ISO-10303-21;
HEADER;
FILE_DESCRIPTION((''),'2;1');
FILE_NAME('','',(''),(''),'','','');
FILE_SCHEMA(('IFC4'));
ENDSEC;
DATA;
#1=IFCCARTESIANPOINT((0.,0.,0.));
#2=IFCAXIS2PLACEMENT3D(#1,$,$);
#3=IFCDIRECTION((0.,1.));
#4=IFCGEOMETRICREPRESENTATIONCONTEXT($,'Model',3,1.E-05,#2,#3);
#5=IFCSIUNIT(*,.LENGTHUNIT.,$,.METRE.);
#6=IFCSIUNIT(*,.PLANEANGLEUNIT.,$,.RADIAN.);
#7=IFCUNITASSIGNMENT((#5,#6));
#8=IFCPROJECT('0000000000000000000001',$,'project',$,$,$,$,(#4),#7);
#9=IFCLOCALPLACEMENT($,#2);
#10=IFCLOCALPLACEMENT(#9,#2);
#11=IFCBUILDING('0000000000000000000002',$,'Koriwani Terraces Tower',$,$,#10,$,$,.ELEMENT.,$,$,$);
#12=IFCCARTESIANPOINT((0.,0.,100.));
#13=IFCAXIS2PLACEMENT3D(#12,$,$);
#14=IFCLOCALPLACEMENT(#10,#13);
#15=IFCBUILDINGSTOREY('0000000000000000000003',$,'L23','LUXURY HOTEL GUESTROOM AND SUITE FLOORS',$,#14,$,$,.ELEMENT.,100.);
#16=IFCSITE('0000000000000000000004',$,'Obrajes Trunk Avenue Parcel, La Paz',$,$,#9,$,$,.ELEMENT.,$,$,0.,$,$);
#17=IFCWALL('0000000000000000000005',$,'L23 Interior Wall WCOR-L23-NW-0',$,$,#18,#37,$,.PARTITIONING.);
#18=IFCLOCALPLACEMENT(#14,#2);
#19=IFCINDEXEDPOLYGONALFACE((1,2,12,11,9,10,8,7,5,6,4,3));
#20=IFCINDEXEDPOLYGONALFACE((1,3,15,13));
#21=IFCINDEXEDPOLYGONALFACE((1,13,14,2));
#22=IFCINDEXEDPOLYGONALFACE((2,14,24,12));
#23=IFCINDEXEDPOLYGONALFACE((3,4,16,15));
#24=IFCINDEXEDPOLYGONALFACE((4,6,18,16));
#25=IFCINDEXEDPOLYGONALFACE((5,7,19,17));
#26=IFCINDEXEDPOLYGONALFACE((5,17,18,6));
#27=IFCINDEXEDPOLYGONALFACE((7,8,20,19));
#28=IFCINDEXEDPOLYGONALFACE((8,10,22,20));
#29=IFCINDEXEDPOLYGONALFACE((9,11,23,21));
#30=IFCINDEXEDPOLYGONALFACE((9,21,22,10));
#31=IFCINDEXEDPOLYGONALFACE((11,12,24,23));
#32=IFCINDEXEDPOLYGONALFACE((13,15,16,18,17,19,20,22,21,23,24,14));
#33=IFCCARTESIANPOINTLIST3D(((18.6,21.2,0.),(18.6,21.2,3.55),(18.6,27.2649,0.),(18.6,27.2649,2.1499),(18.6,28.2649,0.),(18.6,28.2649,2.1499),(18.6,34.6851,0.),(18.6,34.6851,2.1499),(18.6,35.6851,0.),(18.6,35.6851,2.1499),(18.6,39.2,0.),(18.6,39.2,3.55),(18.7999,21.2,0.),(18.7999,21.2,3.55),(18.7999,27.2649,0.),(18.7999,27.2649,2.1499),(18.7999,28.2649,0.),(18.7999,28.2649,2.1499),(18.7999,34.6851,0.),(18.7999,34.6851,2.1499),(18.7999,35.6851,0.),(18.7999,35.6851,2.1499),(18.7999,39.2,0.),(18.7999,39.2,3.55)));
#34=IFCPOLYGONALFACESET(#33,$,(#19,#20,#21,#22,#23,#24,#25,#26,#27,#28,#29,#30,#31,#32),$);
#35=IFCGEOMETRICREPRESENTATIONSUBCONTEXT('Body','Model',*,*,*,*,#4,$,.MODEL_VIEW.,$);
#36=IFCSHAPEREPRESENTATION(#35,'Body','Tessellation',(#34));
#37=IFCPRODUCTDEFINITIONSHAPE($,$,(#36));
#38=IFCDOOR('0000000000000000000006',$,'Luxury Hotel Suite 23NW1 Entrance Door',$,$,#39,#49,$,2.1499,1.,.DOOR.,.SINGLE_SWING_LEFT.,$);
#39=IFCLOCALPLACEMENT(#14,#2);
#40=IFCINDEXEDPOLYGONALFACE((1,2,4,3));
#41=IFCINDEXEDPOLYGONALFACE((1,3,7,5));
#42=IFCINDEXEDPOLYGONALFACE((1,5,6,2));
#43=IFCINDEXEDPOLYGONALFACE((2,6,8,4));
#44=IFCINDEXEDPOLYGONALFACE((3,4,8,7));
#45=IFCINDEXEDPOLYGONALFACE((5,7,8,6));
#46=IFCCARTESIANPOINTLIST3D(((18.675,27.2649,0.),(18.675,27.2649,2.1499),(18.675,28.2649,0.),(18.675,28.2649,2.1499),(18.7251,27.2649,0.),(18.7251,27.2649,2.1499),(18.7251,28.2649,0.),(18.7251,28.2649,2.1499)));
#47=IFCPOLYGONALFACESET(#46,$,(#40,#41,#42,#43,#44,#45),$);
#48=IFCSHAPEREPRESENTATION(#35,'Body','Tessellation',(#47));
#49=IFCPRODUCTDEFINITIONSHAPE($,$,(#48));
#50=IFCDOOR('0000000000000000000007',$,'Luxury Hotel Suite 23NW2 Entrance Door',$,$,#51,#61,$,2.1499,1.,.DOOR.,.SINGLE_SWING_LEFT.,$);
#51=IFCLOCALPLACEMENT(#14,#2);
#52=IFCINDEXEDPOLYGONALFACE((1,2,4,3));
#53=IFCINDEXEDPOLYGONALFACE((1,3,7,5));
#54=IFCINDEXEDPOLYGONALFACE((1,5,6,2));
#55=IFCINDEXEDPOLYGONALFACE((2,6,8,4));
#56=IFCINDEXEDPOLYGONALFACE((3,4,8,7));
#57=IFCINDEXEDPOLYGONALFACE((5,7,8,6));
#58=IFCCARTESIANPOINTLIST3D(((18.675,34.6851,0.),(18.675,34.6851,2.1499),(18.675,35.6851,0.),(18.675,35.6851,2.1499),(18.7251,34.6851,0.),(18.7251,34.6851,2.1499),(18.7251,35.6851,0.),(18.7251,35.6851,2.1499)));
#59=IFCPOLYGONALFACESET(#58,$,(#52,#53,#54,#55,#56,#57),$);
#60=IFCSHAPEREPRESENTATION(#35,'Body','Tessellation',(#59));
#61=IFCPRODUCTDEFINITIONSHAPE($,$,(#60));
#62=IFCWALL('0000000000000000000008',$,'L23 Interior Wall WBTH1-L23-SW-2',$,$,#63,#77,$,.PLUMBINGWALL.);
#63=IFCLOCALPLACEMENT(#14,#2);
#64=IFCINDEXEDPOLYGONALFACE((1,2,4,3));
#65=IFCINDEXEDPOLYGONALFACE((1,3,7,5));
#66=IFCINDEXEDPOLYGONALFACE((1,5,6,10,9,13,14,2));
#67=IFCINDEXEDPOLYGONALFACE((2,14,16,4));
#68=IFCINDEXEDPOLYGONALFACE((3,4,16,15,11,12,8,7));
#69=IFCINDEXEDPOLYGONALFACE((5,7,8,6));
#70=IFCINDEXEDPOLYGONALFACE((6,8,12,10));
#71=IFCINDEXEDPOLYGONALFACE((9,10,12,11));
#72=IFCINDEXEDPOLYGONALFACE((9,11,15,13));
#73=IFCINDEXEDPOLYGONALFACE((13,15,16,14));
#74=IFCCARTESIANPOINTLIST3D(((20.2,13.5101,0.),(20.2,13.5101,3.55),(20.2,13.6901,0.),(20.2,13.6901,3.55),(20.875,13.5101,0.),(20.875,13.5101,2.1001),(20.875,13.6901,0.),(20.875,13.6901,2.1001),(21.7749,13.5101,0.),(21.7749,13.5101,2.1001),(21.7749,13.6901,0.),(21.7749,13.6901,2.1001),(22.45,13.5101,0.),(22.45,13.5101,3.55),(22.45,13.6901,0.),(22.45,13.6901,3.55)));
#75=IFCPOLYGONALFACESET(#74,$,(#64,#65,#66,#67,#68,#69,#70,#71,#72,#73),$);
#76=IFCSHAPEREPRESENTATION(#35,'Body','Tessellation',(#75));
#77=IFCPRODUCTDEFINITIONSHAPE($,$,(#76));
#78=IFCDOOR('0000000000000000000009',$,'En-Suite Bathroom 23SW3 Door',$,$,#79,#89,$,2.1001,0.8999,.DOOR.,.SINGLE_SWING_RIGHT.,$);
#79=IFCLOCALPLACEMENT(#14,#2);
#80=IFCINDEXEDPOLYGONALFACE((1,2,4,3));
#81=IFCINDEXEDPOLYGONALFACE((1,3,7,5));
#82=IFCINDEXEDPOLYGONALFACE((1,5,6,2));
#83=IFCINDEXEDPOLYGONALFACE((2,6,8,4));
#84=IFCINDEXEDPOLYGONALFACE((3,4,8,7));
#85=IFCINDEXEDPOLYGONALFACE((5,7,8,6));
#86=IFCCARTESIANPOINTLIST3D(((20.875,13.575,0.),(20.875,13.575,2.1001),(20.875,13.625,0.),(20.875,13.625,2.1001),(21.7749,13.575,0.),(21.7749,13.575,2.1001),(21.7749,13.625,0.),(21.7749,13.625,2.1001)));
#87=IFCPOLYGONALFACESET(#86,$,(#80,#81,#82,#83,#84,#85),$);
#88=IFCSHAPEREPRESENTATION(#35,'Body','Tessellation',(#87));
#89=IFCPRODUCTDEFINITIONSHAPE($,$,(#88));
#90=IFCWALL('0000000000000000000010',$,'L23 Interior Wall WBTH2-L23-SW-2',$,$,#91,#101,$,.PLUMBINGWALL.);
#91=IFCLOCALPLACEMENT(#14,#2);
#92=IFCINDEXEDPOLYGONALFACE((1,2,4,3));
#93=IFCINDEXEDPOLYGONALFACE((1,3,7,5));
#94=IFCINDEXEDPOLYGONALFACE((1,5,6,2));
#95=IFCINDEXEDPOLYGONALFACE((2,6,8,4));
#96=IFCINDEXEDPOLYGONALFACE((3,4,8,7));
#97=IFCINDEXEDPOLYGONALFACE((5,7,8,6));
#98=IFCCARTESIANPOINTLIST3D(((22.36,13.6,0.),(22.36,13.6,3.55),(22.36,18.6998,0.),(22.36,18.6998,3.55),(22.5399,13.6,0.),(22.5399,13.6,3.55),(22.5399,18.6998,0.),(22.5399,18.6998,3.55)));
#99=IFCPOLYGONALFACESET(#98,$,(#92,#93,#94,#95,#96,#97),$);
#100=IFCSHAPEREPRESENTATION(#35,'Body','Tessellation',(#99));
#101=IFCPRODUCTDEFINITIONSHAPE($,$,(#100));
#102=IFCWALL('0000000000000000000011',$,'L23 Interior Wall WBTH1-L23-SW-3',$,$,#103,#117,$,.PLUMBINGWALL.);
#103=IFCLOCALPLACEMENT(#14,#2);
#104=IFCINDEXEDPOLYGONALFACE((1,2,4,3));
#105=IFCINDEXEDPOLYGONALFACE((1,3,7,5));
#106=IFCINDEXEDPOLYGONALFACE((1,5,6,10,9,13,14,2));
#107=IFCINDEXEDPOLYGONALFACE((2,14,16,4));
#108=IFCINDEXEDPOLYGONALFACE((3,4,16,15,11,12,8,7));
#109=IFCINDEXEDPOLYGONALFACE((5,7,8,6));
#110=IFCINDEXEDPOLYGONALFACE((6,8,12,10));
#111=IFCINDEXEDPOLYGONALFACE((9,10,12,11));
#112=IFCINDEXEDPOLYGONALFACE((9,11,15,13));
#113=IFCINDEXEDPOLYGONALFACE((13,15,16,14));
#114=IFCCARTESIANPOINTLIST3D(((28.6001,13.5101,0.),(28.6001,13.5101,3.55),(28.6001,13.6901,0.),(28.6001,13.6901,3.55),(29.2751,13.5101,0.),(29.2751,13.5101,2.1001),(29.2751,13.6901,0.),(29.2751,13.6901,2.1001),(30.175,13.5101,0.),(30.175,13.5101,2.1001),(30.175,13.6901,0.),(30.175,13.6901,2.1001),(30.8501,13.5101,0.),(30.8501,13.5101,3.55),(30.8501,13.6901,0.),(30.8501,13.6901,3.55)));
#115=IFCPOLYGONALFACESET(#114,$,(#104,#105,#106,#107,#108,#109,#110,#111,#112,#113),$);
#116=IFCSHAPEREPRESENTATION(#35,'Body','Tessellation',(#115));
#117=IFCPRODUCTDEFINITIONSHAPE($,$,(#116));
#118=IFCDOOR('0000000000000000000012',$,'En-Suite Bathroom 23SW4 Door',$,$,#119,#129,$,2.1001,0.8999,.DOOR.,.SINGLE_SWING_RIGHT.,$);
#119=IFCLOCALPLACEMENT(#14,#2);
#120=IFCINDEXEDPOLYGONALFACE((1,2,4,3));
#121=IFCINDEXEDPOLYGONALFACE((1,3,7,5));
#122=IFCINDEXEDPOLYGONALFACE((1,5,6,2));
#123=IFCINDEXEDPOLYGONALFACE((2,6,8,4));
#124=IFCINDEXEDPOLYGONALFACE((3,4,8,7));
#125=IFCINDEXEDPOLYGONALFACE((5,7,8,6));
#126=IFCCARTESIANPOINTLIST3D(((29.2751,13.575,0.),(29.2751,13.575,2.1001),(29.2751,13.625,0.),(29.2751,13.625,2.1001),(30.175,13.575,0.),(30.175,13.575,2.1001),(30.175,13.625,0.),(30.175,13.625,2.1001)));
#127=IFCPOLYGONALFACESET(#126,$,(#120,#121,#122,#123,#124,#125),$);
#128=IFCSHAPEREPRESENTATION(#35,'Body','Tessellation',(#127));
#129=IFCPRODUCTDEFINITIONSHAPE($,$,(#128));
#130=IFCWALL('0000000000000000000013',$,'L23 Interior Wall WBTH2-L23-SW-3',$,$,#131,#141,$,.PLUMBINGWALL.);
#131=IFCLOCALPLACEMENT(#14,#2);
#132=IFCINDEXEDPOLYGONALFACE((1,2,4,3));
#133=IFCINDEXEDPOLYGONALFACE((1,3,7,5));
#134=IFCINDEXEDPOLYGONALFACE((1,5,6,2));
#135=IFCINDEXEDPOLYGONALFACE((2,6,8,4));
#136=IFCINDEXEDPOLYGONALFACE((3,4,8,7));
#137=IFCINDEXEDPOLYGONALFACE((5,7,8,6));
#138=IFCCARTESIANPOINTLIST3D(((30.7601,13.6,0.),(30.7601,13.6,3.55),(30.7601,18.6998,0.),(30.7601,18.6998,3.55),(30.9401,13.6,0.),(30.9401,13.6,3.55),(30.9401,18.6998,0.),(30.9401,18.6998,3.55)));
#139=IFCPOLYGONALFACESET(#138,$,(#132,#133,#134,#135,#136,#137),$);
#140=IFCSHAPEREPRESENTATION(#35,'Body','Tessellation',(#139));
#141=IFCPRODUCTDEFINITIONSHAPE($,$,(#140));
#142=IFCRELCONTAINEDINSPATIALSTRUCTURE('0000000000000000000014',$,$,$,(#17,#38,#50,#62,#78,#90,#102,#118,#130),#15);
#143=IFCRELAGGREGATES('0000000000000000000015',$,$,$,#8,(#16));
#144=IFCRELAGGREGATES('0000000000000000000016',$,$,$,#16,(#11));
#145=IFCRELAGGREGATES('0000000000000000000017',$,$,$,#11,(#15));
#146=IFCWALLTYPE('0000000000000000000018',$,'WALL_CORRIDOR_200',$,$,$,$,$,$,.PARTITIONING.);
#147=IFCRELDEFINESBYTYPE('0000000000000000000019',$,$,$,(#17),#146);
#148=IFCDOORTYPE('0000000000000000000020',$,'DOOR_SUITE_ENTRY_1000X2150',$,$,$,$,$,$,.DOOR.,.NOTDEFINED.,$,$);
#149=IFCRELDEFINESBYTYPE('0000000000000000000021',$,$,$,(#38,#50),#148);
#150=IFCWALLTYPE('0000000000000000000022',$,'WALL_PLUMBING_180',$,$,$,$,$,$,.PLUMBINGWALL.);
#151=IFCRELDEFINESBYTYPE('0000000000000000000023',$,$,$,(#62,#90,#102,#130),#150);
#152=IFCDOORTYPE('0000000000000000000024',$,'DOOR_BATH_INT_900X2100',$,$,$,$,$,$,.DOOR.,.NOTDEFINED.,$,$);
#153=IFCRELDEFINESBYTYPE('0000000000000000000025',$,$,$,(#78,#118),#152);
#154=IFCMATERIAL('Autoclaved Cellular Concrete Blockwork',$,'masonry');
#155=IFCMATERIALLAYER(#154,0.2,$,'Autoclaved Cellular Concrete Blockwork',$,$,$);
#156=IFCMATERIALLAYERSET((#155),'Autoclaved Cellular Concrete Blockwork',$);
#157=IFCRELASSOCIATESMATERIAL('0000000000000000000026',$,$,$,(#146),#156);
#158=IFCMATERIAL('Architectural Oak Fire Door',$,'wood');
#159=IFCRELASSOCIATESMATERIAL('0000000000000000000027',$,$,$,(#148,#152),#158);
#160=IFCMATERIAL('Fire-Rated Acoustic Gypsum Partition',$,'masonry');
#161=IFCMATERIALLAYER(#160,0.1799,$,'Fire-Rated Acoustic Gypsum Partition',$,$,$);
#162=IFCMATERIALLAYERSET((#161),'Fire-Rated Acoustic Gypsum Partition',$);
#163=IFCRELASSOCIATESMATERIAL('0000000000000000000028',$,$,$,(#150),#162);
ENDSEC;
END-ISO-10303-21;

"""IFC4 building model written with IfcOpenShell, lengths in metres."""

from ifc_helpers import new_model, si_unit, direction, frame, frame_2d, origin, place, context, subcontext, project, spatial, rectangle, extrude, material, layer, layer_set, type_object, element, fill, save


model = new_model("IFC4")

# Units and contexts
model_context = context("Model", 3, precision=1e-05, world=origin(), true_north=direction((0.0, 1.0)))
body_context = subcontext(model_context, "Body", "Model", "MODEL_VIEW")
ifc_project = project(units=[si_unit("LENGTHUNIT", "METRE"), si_unit("PLANEANGLEUNIT", "RADIAN")], contexts=[model_context])

# Site, building, storey
site_placement = place(None, origin())
site = spatial("IfcSite", under=ifc_project, at=site_placement, Name="Obrajes Trunk Avenue Parcel, La Paz", CompositionType="ELEMENT", RefElevation=0.0)
building_placement = place(site_placement, origin())
building = spatial("IfcBuilding", under=site, at=building_placement, Name="Koriwani Terraces Tower", CompositionType="ELEMENT")
storey_placement = place(building_placement, frame((0.0, 0.0, 100.0)))
storey = spatial("IfcBuildingStorey", under=building, at=storey_placement, Name="L23", Description="LUXURY HOTEL GUESTROOM AND SUITE FLOORS", CompositionType="ELEMENT", Elevation=100.0)

# Shared definitions
ifc_material_1 = material(Name="Autoclaved Cellular Concrete Blockwork", Category="masonry")
ifc_layer_1 = layer(ifc_material_1, 0.2, Name="Autoclaved Cellular Concrete Blockwork")
ifc_layer_set_1 = layer_set([ifc_layer_1], Name="Autoclaved Cellular Concrete Blockwork")
wall_type_1 = type_object("IfcWallType", Name="WALL_CORRIDOR_200", PredefinedType="PARTITIONING", material=ifc_layer_set_1)
ifc_material_2 = material(Name="Architectural Oak Fire Door", Category="wood")

# Wall, openings, doors
wall_1_placement = place(storey_placement, frame((18.7, 21.2, 0.0), z_axis=(0.0, 0.0, 1.0), x_axis=(0.0, 1.0, 0.0)))
wall_1 = element("IfcWall", 1, at=wall_1_placement, inside=storey, type_object=wall_type_1, Name="L23 Interior Wall WCOR-L23-NW-0", PredefinedType="PARTITIONING", context=body_context, shape_type="SweptSolid", body=[
    extrude(rectangle(XDim=18.0, YDim=0.2, at=frame_2d((9.0, 0.0))), origin(), (0.0, 0.0, 1.0), 3.55),
])
opening_1_placement = place(wall_1_placement, frame((6.0649, 0.0, 0.0)))
opening_1 = element("IfcOpeningElement", 2, at=opening_1_placement, cuts=wall_1, PredefinedType="OPENING", context=body_context, shape_type="SweptSolid", body=[
    extrude(rectangle(XDim=1.0, YDim=2.1499, at=frame_2d((0.5, 1.075))), frame((0.0, 0.1099, 0.0), z_axis=(0.0, -1.0, 0.0), x_axis=(1.0, 0.0, 0.0)), (0.0, 0.0, 1.0), 0.22),
])
opening_2_placement = place(wall_1_placement, frame((13.4851, 0.0, 0.0)))
opening_2 = element("IfcOpeningElement", 3, at=opening_2_placement, cuts=wall_1, PredefinedType="OPENING", context=body_context, shape_type="SweptSolid", body=[
    extrude(rectangle(XDim=1.0, YDim=2.1499, at=frame_2d((0.5, 1.075))), frame((0.0, 0.1099, 0.0), z_axis=(0.0, -1.0, 0.0), x_axis=(1.0, 0.0, 0.0)), (0.0, 0.0, 1.0), 0.22),
])
door_type_1 = type_object("IfcDoorType", Name="DOOR_SUITE_ENTRY_1000X2150", OperationType="NOTDEFINED", PredefinedType="DOOR", material=ifc_material_2)
door_1_placement = place(opening_1_placement, origin())
door_1 = element("IfcDoor", 4, at=door_1_placement, inside=storey, type_object=door_type_1, Name="Luxury Hotel Suite 23NW1 Entrance Door", OperationType="SINGLE_SWING_LEFT", OverallHeight=2.1499, OverallWidth=1.0, PredefinedType="DOOR", context=body_context, shape_type="SweptSolid", body=[
    extrude(rectangle(XDim=1.0, YDim=2.1499, at=frame_2d((0.5, 1.075))), frame((0.0, 0.0249, 0.0), z_axis=(0.0, -1.0, 0.0), x_axis=(1.0, 0.0, 0.0)), (0.0, 0.0, 1.0), 0.05),
])
fill(opening_1, door_1)
door_2_placement = place(opening_2_placement, origin())
door_2 = element("IfcDoor", 5, at=door_2_placement, inside=storey, type_object=door_type_1, Name="Luxury Hotel Suite 23NW2 Entrance Door", OperationType="SINGLE_SWING_LEFT", OverallHeight=2.1499, OverallWidth=1.0, PredefinedType="DOOR", context=body_context, shape_type="SweptSolid", body=[
    extrude(rectangle(XDim=1.0, YDim=2.1499, at=frame_2d((0.5, 1.075))), frame((0.0, 0.0249, 0.0), z_axis=(0.0, -1.0, 0.0), x_axis=(1.0, 0.0, 0.0)), (0.0, 0.0, 1.0), 0.05),
])
fill(opening_2, door_2)

# Wall, opening, door
ifc_material_3 = material(Name="Fire-Rated Acoustic Gypsum Partition", Category="masonry")
ifc_layer_2 = layer(ifc_material_3, 0.1799, Name="Fire-Rated Acoustic Gypsum Partition")
ifc_layer_set_2 = layer_set([ifc_layer_2], Name="Fire-Rated Acoustic Gypsum Partition")
wall_type_2 = type_object("IfcWallType", Name="WALL_PLUMBING_180", PredefinedType="PLUMBINGWALL", material=ifc_layer_set_2)
wall_2_placement = place(storey_placement, frame((20.2, 13.6001, 0.0), z_axis=(0.0, 0.0, 1.0), x_axis=(1.0, 0.0, 0.0)))
wall_2 = element("IfcWall", 6, at=wall_2_placement, inside=storey, type_object=wall_type_2, Name="L23 Interior Wall WBTH1-L23-SW-2", PredefinedType="PLUMBINGWALL", context=body_context, shape_type="SweptSolid", body=[
    extrude(rectangle(XDim=2.25, YDim=0.1799, at=frame_2d((1.125, 0.0))), origin(), (0.0, 0.0, 1.0), 3.55),
])
opening_3_placement = place(wall_2_placement, frame((0.675, 0.0, 0.0)))
opening_3 = element("IfcOpeningElement", 7, at=opening_3_placement, cuts=wall_2, PredefinedType="OPENING", context=body_context, shape_type="SweptSolid", body=[
    extrude(rectangle(XDim=0.8999, YDim=2.1001, at=frame_2d((0.45, 1.05))), frame((0.0, 0.1001, 0.0), z_axis=(0.0, -1.0, 0.0), x_axis=(1.0, 0.0, 0.0)), (0.0, 0.0, 1.0), 0.2),
])
door_type_2 = type_object("IfcDoorType", Name="DOOR_BATH_INT_900X2100", OperationType="NOTDEFINED", PredefinedType="DOOR", material=ifc_material_2)
door_3_placement = place(opening_3_placement, origin())
door_3 = element("IfcDoor", 8, at=door_3_placement, inside=storey, type_object=door_type_2, Name="En-Suite Bathroom 23SW3 Door", OperationType="SINGLE_SWING_RIGHT", OverallHeight=2.1001, OverallWidth=0.8999, PredefinedType="DOOR", context=body_context, shape_type="SweptSolid", body=[
    extrude(rectangle(XDim=0.8999, YDim=2.1001, at=frame_2d((0.45, 1.05))), frame((0.0, 0.0249, 0.0), z_axis=(0.0, -1.0, 0.0), x_axis=(1.0, 0.0, 0.0)), (0.0, 0.0, 1.0), 0.05),
])
fill(opening_3, door_3)

# Wall
wall_3_placement = place(storey_placement, frame((22.45, 13.6001, 0.0), z_axis=(0.0, 0.0, 1.0), x_axis=(0.0, 1.0, 0.0)))
element("IfcWall", 9, at=wall_3_placement, inside=storey, type_object=wall_type_2, Name="L23 Interior Wall WBTH2-L23-SW-2", PredefinedType="PLUMBINGWALL", context=body_context, shape_type="SweptSolid", body=[
    extrude(rectangle(XDim=5.0999, YDim=0.1799, at=frame_2d((2.5498, 0.0))), origin(), (0.0, 0.0, 1.0), 3.55),
])

# Wall, opening, door
wall_4_placement = place(storey_placement, frame((28.6001, 13.6001, 0.0), z_axis=(0.0, 0.0, 1.0), x_axis=(1.0, 0.0, 0.0)))
wall_4 = element("IfcWall", 10, at=wall_4_placement, inside=storey, type_object=wall_type_2, Name="L23 Interior Wall WBTH1-L23-SW-3", PredefinedType="PLUMBINGWALL", context=body_context, shape_type="SweptSolid", body=[
    extrude(rectangle(XDim=2.25, YDim=0.1799, at=frame_2d((1.125, 0.0))), origin(), (0.0, 0.0, 1.0), 3.55),
])
opening_4_placement = place(wall_4_placement, frame((0.675, 0.0, 0.0)))
opening_4 = element("IfcOpeningElement", 11, at=opening_4_placement, cuts=wall_4, PredefinedType="OPENING", context=body_context, shape_type="SweptSolid", body=[
    extrude(rectangle(XDim=0.8999, YDim=2.1001, at=frame_2d((0.45, 1.05))), frame((0.0, 0.1001, 0.0), z_axis=(0.0, -1.0, 0.0), x_axis=(1.0, 0.0, 0.0)), (0.0, 0.0, 1.0), 0.2),
])
door_4_placement = place(opening_4_placement, origin())
door_4 = element("IfcDoor", 12, at=door_4_placement, inside=storey, type_object=door_type_2, Name="En-Suite Bathroom 23SW4 Door", OperationType="SINGLE_SWING_RIGHT", OverallHeight=2.1001, OverallWidth=0.8999, PredefinedType="DOOR", context=body_context, shape_type="SweptSolid", body=[
    extrude(rectangle(XDim=0.8999, YDim=2.1001, at=frame_2d((0.45, 1.05))), frame((0.0, 0.0249, 0.0), z_axis=(0.0, -1.0, 0.0), x_axis=(1.0, 0.0, 0.0)), (0.0, 0.0, 1.0), 0.05),
])
fill(opening_4, door_4)

# Wall
wall_5_placement = place(storey_placement, frame((30.8501, 13.6001, 0.0), z_axis=(0.0, 0.0, 1.0), x_axis=(0.0, 1.0, 0.0)))
element("IfcWall", 13, at=wall_5_placement, inside=storey, type_object=wall_type_2, Name="L23 Interior Wall WBTH2-L23-SW-3", PredefinedType="PLUMBINGWALL", context=body_context, shape_type="SweptSolid", body=[
    extrude(rectangle(XDim=5.0999, YDim=0.1799, at=frame_2d((2.5498, 0.0))), origin(), (0.0, 0.0, 1.0), 3.55),
])

save(model, "model.ifc")
